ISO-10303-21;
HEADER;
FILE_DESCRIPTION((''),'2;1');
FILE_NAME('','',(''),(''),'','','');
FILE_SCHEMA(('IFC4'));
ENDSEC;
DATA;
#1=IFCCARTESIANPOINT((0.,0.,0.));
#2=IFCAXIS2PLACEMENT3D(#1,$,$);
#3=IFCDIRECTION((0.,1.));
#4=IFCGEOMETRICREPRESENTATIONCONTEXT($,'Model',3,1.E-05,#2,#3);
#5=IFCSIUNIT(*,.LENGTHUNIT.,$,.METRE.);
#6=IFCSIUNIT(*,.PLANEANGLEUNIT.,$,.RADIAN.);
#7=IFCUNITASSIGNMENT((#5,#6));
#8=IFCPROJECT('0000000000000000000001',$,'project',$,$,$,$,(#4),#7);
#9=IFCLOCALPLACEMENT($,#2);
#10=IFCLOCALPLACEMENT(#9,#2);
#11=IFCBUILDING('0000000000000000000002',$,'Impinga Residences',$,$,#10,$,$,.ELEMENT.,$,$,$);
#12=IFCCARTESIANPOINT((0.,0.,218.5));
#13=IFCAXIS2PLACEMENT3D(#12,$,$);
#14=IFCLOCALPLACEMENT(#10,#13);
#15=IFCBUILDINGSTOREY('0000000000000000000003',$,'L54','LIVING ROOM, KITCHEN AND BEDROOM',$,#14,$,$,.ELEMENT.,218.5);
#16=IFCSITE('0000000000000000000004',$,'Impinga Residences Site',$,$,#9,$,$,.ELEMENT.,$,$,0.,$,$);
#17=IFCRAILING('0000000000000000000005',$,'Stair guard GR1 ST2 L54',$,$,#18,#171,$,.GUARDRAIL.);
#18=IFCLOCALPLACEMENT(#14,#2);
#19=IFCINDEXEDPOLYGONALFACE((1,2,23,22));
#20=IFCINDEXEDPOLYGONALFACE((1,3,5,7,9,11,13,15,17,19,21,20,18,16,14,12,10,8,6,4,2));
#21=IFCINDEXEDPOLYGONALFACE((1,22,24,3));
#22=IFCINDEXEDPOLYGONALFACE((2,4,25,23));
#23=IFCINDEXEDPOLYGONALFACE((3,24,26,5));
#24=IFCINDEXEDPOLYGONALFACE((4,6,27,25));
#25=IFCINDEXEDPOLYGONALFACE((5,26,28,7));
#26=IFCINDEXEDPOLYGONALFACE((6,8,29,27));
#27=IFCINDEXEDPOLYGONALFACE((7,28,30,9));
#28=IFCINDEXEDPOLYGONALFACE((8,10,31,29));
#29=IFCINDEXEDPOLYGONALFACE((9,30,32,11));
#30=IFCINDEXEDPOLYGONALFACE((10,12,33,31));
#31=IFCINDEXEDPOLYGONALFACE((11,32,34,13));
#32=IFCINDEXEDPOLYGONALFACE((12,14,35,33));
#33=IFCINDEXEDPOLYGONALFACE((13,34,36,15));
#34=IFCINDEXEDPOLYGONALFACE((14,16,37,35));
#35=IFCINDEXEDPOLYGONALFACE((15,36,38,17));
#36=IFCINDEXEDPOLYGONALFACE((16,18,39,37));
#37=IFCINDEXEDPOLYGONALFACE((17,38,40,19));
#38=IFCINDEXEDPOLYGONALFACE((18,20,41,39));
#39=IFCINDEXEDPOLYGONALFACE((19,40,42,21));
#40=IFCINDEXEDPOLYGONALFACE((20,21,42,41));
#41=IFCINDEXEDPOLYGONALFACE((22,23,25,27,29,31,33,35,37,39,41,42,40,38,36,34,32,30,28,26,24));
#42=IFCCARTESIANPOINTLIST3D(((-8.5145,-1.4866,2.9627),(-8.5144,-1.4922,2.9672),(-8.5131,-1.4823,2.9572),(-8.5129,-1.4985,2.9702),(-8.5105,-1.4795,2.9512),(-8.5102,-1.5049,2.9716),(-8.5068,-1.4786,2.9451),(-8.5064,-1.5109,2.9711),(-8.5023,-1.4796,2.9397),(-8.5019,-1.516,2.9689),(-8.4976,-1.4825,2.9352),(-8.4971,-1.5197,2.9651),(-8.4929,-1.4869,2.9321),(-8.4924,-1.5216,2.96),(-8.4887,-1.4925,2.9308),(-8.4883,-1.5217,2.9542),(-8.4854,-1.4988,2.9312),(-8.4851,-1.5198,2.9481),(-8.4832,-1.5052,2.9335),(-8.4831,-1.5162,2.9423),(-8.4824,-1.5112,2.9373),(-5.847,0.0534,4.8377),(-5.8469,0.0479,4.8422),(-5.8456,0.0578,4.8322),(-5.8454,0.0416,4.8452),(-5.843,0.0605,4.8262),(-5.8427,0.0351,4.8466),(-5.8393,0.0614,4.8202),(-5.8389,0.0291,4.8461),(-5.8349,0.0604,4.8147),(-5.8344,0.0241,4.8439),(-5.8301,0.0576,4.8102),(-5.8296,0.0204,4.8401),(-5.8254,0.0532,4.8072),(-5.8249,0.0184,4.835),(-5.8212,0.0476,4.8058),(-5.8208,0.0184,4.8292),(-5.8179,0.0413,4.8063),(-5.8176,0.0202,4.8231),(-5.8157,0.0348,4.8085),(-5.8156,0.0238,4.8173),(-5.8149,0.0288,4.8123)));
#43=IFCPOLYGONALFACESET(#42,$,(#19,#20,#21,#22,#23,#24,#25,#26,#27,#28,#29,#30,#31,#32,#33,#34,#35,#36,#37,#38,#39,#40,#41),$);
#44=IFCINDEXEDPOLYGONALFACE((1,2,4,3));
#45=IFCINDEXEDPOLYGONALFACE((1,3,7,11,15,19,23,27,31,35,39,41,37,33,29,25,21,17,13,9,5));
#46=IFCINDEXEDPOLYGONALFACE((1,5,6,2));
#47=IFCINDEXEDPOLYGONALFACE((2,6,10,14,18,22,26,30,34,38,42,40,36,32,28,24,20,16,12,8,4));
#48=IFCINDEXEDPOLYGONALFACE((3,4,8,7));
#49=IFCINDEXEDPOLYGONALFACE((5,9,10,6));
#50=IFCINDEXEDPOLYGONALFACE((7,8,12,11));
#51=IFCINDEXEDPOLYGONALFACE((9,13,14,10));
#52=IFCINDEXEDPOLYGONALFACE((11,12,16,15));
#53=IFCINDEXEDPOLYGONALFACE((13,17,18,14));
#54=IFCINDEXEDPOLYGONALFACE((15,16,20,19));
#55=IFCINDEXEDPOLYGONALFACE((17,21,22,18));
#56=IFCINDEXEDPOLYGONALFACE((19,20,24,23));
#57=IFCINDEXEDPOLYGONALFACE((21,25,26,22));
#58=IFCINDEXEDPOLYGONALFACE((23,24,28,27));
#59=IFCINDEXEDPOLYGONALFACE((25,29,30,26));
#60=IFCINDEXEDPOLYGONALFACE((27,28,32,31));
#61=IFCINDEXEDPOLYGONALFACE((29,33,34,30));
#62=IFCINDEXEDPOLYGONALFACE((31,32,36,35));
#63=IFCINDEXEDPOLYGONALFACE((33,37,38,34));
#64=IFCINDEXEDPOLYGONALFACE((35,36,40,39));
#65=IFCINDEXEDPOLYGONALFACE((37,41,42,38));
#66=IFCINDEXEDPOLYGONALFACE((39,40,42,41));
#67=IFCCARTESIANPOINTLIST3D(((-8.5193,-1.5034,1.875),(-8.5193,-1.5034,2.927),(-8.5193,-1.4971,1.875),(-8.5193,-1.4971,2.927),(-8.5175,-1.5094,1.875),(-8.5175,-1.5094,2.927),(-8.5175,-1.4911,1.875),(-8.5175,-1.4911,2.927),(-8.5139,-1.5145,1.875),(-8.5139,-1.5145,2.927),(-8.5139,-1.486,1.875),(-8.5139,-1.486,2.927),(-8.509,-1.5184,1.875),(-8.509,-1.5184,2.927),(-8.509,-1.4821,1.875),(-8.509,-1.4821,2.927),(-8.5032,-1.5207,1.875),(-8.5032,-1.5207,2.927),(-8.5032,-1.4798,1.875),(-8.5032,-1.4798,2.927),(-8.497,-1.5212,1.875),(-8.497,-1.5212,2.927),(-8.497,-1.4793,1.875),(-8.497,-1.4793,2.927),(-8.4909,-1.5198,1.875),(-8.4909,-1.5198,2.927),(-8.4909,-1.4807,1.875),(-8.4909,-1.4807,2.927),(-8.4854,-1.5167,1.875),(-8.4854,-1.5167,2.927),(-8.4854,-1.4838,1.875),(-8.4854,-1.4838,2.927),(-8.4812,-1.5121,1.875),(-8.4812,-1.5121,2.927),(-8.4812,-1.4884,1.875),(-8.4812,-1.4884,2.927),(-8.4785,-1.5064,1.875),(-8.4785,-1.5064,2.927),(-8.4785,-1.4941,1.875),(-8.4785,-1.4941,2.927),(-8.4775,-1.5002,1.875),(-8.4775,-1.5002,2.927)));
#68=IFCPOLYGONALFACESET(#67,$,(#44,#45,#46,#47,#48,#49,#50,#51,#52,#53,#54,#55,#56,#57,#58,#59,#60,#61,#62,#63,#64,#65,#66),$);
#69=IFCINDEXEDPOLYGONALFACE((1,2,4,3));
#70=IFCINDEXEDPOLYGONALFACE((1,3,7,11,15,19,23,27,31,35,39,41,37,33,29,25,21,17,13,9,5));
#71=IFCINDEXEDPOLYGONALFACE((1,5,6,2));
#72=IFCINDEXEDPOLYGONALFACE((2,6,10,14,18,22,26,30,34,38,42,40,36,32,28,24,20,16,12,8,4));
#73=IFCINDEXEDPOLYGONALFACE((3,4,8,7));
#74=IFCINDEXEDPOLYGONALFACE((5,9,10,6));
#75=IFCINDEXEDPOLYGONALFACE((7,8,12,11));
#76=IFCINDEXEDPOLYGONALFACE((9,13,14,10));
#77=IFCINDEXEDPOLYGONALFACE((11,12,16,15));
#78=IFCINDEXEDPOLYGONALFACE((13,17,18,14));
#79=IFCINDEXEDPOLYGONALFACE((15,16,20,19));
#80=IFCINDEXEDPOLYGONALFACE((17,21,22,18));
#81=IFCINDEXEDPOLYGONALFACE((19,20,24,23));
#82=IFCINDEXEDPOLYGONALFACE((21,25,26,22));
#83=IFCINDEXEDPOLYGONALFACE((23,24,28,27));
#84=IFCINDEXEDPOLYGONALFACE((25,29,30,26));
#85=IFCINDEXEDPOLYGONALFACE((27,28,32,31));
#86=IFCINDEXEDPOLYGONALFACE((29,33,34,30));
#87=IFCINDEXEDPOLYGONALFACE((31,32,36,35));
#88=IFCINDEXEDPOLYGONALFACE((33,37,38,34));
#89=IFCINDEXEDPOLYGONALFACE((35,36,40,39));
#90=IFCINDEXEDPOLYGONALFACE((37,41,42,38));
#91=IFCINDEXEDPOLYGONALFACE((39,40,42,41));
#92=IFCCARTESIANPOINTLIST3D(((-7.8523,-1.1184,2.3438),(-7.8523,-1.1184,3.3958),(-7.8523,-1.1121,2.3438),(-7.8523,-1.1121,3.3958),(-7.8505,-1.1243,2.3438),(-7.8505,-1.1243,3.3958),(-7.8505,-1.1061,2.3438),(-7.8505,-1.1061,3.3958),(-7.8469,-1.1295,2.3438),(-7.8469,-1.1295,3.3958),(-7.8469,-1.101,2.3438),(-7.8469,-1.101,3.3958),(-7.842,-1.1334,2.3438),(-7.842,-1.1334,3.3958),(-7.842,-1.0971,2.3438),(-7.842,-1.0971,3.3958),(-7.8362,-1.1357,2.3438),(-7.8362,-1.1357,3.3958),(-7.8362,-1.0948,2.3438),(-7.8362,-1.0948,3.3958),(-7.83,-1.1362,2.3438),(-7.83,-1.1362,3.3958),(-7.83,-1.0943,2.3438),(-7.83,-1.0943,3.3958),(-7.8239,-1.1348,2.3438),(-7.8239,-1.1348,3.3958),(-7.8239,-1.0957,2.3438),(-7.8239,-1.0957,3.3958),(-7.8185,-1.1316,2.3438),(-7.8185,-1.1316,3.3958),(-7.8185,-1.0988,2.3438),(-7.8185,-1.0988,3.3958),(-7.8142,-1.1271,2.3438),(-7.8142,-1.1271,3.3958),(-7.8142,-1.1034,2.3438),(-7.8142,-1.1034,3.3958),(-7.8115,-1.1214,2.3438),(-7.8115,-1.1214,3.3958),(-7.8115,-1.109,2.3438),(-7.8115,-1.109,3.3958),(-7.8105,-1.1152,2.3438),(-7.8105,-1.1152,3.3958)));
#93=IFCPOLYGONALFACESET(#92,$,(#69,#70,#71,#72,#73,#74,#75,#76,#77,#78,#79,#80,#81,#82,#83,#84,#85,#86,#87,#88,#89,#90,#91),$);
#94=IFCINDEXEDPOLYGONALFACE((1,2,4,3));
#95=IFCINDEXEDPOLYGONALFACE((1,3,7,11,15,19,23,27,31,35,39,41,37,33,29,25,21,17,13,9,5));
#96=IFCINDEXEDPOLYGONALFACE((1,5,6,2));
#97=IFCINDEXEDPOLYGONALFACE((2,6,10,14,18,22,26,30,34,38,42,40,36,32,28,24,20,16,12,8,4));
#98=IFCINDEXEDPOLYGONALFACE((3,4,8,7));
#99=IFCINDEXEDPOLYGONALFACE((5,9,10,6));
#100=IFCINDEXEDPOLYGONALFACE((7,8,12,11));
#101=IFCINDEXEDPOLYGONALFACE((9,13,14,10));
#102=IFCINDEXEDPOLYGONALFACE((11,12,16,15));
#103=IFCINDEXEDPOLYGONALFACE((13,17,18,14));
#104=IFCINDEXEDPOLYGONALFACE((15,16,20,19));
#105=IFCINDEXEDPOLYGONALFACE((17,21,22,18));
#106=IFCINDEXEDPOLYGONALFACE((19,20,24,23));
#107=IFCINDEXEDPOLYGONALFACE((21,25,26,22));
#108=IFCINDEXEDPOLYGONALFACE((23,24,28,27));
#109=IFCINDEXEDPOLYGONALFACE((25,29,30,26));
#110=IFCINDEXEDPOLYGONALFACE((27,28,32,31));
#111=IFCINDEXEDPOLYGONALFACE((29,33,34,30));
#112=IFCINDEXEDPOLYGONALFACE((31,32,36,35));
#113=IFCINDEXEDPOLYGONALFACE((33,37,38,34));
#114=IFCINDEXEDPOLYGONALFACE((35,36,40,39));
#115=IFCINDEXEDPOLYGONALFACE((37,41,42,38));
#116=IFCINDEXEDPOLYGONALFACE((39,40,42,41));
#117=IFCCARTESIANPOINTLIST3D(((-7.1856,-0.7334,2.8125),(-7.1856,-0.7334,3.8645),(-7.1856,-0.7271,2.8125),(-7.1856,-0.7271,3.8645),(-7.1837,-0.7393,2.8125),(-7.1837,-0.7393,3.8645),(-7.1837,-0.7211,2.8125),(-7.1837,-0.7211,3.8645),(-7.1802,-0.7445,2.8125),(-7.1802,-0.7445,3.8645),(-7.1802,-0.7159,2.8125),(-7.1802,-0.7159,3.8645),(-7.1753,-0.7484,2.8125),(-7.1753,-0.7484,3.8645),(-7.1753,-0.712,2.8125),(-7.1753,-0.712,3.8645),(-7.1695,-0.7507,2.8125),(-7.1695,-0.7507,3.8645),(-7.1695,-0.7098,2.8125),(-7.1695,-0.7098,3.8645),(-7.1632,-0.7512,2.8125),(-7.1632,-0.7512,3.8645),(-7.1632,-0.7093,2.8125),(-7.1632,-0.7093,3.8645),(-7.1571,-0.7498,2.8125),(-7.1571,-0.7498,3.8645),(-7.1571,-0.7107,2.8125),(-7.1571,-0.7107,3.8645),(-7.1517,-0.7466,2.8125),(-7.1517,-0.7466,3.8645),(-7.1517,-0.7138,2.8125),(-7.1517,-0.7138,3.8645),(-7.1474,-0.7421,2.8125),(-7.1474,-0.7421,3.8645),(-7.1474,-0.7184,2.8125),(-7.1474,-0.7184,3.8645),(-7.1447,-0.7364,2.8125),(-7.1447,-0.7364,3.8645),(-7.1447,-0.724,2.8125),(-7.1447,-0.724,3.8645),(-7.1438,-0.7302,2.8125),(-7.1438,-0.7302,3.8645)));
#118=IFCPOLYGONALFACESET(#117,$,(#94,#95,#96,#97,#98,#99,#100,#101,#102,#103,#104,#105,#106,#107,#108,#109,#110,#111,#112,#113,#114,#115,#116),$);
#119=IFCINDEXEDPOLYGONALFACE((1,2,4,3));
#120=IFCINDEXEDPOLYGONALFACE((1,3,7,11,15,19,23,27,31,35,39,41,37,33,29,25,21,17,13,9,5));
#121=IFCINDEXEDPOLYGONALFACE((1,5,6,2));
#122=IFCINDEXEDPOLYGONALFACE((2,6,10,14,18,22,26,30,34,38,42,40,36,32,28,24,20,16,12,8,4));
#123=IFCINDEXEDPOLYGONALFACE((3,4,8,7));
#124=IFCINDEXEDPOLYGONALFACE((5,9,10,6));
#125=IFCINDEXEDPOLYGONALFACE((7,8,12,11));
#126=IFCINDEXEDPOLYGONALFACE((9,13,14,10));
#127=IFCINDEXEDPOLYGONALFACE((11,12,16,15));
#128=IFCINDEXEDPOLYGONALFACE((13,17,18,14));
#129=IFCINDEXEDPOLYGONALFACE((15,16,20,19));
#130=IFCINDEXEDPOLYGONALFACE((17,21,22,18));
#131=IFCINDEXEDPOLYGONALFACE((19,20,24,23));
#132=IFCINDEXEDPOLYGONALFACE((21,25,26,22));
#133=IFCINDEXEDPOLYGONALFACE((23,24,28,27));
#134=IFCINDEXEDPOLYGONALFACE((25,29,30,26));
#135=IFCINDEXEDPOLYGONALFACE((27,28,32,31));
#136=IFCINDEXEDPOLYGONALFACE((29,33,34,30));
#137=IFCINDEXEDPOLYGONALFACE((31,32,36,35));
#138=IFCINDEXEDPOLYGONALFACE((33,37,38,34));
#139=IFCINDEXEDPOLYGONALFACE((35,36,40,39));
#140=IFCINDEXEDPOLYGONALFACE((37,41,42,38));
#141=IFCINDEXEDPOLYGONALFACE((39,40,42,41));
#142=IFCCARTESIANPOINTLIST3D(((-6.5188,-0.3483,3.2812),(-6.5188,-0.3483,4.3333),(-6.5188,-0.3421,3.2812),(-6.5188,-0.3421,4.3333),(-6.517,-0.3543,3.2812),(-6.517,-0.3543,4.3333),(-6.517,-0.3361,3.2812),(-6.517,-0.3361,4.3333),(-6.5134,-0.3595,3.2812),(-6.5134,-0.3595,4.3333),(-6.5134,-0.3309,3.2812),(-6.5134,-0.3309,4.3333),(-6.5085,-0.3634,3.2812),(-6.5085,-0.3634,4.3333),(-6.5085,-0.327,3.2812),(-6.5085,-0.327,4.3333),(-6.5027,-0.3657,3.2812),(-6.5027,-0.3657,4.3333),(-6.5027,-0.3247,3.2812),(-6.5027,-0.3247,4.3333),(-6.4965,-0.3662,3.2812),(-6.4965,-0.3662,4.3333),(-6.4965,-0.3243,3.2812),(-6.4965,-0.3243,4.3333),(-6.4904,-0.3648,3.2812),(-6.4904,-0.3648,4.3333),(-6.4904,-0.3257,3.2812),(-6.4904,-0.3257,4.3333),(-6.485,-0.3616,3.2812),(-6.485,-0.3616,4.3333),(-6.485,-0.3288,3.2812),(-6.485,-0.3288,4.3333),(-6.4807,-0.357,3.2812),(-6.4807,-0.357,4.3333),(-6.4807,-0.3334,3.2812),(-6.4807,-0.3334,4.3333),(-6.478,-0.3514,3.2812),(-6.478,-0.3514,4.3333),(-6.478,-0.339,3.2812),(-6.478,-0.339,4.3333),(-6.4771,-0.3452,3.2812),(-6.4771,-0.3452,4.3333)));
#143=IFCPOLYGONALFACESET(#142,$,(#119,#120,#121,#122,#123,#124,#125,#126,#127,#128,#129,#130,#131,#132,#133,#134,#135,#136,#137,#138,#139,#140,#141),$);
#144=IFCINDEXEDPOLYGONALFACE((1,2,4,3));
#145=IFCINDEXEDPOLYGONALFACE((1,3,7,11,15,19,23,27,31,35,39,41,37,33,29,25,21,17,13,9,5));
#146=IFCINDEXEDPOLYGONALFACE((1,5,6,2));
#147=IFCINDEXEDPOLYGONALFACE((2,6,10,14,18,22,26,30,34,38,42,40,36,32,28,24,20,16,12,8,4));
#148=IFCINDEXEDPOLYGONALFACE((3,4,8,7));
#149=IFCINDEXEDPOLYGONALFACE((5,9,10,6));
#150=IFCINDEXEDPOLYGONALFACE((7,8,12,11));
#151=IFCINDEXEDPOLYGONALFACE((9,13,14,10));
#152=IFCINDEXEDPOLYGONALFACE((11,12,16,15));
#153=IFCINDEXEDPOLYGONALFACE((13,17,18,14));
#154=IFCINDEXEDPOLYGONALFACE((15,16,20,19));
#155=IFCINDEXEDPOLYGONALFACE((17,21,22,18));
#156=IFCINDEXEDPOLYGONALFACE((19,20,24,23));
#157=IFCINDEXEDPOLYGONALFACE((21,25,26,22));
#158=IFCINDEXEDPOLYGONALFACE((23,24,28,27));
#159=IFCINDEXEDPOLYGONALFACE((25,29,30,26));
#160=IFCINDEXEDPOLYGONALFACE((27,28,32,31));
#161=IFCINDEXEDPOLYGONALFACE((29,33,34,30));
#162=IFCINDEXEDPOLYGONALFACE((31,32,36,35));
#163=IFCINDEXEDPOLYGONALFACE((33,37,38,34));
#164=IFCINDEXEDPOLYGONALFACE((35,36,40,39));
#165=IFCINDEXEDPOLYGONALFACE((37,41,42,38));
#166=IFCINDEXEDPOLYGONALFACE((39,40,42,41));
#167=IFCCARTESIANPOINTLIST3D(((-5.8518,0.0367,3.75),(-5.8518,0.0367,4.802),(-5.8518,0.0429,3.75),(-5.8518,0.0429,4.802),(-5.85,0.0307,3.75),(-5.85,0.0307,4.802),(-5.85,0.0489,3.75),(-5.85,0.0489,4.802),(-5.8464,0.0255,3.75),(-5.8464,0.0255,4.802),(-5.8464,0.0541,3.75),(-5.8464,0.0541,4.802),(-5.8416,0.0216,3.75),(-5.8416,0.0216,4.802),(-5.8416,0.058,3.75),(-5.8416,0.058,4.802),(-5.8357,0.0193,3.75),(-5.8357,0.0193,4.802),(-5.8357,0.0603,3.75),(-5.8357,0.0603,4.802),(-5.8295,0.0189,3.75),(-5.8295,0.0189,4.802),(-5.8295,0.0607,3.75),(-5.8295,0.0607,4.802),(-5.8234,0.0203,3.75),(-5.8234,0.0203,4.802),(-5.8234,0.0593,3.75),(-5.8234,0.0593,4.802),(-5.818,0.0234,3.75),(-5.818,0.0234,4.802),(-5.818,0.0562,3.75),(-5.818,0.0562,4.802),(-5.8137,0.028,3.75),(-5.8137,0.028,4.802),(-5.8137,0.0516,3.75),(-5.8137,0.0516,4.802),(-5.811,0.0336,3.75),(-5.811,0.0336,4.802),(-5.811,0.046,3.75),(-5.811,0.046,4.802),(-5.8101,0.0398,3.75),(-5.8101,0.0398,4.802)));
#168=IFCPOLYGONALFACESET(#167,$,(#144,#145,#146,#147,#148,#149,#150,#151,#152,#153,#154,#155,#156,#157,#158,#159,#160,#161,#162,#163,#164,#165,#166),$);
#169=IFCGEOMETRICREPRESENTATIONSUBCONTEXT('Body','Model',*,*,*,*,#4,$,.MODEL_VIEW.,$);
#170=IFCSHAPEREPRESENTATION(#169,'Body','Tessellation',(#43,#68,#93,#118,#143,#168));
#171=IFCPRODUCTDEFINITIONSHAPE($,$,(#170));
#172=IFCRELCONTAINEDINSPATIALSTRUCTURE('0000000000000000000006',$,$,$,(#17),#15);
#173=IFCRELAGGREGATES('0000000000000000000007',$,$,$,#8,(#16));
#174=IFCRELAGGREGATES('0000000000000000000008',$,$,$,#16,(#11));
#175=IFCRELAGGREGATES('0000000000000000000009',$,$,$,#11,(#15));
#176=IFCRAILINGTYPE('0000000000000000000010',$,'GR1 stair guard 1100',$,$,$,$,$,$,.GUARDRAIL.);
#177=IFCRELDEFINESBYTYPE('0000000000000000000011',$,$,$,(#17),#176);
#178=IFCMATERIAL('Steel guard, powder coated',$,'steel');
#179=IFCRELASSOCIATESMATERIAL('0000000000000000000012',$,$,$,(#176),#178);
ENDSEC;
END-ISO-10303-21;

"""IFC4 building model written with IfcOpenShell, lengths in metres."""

from ifc_helpers import new_model, si_unit, direction, frame, origin, origin_2d, place, context, subcontext, project, spatial, circle, extrude, material, type_object, element, save


model = new_model("IFC4")

# Units and contexts
model_context = context("Model", 3, precision=1e-05, world=origin(), true_north=direction((0.0, 1.0)))
body_context = subcontext(model_context, "Body", "Model", "MODEL_VIEW")
ifc_project = project(units=[si_unit("LENGTHUNIT", "METRE"), si_unit("PLANEANGLEUNIT", "RADIAN")], contexts=[model_context])

# Site, building, storey
site_placement = place(None, origin())
site = spatial("IfcSite", under=ifc_project, at=site_placement, Name="Impinga Residences Site", CompositionType="ELEMENT", RefElevation=0.0)
building_placement = place(site_placement, origin())
building = spatial("IfcBuilding", under=site, at=building_placement, Name="Impinga Residences", CompositionType="ELEMENT")
storey_placement = place(building_placement, frame((0.0, 0.0, 218.5)))
storey = spatial("IfcBuildingStorey", under=building, at=storey_placement, Name="L54", Description="LIVING ROOM, KITCHEN AND BEDROOM", CompositionType="ELEMENT", Elevation=218.5)

# Railing
ifc_material_1 = material(Name="Steel guard, powder coated", Category="steel")
railing_type_1 = type_object("IfcRailingType", Name="GR1 stair guard 1100", PredefinedType="GUARDRAIL", material=ifc_material_1)
railing_1_placement = place(storey_placement, frame((-8.4985, -1.5002, 1.875)))
element("IfcRailing", 1, at=railing_1_placement, inside=storey, type_object=railing_type_1, Name="Stair guard GR1 ST2 L54", PredefinedType="GUARDRAIL", context=body_context, shape_type="SweptSolid", body=[
    extrude(circle(Radius=0.0239, at=origin_2d()), frame((0.0, 0.0, 1.0762), z_axis=(0.739746, 0.427084, 0.519975), x_axis=(-0.499992, 0.86603, 0.0)), (0.0, 0.0, 1.0), 3.606),
    extrude(circle(Radius=0.021, at=origin_2d()), origin(), (0.0, 0.0, 1.0), 1.052),
    extrude(circle(Radius=0.021, at=origin_2d()), frame((0.667, 0.385, 0.4688)), (0.0, 0.0, 1.0), 1.052),
    extrude(circle(Radius=0.021, at=origin_2d()), frame((1.3337, 0.77, 0.9375)), (0.0, 0.0, 1.0), 1.052),
    extrude(circle(Radius=0.021, at=origin_2d()), frame((2.0005, 1.155, 1.4062)), (0.0, 0.0, 1.0), 1.052),
    extrude(circle(Radius=0.021, at=origin_2d()), frame((2.6675, 1.54, 1.875)), (0.0, 0.0, 1.0), 1.052),
])

save(model, "model.ifc")
